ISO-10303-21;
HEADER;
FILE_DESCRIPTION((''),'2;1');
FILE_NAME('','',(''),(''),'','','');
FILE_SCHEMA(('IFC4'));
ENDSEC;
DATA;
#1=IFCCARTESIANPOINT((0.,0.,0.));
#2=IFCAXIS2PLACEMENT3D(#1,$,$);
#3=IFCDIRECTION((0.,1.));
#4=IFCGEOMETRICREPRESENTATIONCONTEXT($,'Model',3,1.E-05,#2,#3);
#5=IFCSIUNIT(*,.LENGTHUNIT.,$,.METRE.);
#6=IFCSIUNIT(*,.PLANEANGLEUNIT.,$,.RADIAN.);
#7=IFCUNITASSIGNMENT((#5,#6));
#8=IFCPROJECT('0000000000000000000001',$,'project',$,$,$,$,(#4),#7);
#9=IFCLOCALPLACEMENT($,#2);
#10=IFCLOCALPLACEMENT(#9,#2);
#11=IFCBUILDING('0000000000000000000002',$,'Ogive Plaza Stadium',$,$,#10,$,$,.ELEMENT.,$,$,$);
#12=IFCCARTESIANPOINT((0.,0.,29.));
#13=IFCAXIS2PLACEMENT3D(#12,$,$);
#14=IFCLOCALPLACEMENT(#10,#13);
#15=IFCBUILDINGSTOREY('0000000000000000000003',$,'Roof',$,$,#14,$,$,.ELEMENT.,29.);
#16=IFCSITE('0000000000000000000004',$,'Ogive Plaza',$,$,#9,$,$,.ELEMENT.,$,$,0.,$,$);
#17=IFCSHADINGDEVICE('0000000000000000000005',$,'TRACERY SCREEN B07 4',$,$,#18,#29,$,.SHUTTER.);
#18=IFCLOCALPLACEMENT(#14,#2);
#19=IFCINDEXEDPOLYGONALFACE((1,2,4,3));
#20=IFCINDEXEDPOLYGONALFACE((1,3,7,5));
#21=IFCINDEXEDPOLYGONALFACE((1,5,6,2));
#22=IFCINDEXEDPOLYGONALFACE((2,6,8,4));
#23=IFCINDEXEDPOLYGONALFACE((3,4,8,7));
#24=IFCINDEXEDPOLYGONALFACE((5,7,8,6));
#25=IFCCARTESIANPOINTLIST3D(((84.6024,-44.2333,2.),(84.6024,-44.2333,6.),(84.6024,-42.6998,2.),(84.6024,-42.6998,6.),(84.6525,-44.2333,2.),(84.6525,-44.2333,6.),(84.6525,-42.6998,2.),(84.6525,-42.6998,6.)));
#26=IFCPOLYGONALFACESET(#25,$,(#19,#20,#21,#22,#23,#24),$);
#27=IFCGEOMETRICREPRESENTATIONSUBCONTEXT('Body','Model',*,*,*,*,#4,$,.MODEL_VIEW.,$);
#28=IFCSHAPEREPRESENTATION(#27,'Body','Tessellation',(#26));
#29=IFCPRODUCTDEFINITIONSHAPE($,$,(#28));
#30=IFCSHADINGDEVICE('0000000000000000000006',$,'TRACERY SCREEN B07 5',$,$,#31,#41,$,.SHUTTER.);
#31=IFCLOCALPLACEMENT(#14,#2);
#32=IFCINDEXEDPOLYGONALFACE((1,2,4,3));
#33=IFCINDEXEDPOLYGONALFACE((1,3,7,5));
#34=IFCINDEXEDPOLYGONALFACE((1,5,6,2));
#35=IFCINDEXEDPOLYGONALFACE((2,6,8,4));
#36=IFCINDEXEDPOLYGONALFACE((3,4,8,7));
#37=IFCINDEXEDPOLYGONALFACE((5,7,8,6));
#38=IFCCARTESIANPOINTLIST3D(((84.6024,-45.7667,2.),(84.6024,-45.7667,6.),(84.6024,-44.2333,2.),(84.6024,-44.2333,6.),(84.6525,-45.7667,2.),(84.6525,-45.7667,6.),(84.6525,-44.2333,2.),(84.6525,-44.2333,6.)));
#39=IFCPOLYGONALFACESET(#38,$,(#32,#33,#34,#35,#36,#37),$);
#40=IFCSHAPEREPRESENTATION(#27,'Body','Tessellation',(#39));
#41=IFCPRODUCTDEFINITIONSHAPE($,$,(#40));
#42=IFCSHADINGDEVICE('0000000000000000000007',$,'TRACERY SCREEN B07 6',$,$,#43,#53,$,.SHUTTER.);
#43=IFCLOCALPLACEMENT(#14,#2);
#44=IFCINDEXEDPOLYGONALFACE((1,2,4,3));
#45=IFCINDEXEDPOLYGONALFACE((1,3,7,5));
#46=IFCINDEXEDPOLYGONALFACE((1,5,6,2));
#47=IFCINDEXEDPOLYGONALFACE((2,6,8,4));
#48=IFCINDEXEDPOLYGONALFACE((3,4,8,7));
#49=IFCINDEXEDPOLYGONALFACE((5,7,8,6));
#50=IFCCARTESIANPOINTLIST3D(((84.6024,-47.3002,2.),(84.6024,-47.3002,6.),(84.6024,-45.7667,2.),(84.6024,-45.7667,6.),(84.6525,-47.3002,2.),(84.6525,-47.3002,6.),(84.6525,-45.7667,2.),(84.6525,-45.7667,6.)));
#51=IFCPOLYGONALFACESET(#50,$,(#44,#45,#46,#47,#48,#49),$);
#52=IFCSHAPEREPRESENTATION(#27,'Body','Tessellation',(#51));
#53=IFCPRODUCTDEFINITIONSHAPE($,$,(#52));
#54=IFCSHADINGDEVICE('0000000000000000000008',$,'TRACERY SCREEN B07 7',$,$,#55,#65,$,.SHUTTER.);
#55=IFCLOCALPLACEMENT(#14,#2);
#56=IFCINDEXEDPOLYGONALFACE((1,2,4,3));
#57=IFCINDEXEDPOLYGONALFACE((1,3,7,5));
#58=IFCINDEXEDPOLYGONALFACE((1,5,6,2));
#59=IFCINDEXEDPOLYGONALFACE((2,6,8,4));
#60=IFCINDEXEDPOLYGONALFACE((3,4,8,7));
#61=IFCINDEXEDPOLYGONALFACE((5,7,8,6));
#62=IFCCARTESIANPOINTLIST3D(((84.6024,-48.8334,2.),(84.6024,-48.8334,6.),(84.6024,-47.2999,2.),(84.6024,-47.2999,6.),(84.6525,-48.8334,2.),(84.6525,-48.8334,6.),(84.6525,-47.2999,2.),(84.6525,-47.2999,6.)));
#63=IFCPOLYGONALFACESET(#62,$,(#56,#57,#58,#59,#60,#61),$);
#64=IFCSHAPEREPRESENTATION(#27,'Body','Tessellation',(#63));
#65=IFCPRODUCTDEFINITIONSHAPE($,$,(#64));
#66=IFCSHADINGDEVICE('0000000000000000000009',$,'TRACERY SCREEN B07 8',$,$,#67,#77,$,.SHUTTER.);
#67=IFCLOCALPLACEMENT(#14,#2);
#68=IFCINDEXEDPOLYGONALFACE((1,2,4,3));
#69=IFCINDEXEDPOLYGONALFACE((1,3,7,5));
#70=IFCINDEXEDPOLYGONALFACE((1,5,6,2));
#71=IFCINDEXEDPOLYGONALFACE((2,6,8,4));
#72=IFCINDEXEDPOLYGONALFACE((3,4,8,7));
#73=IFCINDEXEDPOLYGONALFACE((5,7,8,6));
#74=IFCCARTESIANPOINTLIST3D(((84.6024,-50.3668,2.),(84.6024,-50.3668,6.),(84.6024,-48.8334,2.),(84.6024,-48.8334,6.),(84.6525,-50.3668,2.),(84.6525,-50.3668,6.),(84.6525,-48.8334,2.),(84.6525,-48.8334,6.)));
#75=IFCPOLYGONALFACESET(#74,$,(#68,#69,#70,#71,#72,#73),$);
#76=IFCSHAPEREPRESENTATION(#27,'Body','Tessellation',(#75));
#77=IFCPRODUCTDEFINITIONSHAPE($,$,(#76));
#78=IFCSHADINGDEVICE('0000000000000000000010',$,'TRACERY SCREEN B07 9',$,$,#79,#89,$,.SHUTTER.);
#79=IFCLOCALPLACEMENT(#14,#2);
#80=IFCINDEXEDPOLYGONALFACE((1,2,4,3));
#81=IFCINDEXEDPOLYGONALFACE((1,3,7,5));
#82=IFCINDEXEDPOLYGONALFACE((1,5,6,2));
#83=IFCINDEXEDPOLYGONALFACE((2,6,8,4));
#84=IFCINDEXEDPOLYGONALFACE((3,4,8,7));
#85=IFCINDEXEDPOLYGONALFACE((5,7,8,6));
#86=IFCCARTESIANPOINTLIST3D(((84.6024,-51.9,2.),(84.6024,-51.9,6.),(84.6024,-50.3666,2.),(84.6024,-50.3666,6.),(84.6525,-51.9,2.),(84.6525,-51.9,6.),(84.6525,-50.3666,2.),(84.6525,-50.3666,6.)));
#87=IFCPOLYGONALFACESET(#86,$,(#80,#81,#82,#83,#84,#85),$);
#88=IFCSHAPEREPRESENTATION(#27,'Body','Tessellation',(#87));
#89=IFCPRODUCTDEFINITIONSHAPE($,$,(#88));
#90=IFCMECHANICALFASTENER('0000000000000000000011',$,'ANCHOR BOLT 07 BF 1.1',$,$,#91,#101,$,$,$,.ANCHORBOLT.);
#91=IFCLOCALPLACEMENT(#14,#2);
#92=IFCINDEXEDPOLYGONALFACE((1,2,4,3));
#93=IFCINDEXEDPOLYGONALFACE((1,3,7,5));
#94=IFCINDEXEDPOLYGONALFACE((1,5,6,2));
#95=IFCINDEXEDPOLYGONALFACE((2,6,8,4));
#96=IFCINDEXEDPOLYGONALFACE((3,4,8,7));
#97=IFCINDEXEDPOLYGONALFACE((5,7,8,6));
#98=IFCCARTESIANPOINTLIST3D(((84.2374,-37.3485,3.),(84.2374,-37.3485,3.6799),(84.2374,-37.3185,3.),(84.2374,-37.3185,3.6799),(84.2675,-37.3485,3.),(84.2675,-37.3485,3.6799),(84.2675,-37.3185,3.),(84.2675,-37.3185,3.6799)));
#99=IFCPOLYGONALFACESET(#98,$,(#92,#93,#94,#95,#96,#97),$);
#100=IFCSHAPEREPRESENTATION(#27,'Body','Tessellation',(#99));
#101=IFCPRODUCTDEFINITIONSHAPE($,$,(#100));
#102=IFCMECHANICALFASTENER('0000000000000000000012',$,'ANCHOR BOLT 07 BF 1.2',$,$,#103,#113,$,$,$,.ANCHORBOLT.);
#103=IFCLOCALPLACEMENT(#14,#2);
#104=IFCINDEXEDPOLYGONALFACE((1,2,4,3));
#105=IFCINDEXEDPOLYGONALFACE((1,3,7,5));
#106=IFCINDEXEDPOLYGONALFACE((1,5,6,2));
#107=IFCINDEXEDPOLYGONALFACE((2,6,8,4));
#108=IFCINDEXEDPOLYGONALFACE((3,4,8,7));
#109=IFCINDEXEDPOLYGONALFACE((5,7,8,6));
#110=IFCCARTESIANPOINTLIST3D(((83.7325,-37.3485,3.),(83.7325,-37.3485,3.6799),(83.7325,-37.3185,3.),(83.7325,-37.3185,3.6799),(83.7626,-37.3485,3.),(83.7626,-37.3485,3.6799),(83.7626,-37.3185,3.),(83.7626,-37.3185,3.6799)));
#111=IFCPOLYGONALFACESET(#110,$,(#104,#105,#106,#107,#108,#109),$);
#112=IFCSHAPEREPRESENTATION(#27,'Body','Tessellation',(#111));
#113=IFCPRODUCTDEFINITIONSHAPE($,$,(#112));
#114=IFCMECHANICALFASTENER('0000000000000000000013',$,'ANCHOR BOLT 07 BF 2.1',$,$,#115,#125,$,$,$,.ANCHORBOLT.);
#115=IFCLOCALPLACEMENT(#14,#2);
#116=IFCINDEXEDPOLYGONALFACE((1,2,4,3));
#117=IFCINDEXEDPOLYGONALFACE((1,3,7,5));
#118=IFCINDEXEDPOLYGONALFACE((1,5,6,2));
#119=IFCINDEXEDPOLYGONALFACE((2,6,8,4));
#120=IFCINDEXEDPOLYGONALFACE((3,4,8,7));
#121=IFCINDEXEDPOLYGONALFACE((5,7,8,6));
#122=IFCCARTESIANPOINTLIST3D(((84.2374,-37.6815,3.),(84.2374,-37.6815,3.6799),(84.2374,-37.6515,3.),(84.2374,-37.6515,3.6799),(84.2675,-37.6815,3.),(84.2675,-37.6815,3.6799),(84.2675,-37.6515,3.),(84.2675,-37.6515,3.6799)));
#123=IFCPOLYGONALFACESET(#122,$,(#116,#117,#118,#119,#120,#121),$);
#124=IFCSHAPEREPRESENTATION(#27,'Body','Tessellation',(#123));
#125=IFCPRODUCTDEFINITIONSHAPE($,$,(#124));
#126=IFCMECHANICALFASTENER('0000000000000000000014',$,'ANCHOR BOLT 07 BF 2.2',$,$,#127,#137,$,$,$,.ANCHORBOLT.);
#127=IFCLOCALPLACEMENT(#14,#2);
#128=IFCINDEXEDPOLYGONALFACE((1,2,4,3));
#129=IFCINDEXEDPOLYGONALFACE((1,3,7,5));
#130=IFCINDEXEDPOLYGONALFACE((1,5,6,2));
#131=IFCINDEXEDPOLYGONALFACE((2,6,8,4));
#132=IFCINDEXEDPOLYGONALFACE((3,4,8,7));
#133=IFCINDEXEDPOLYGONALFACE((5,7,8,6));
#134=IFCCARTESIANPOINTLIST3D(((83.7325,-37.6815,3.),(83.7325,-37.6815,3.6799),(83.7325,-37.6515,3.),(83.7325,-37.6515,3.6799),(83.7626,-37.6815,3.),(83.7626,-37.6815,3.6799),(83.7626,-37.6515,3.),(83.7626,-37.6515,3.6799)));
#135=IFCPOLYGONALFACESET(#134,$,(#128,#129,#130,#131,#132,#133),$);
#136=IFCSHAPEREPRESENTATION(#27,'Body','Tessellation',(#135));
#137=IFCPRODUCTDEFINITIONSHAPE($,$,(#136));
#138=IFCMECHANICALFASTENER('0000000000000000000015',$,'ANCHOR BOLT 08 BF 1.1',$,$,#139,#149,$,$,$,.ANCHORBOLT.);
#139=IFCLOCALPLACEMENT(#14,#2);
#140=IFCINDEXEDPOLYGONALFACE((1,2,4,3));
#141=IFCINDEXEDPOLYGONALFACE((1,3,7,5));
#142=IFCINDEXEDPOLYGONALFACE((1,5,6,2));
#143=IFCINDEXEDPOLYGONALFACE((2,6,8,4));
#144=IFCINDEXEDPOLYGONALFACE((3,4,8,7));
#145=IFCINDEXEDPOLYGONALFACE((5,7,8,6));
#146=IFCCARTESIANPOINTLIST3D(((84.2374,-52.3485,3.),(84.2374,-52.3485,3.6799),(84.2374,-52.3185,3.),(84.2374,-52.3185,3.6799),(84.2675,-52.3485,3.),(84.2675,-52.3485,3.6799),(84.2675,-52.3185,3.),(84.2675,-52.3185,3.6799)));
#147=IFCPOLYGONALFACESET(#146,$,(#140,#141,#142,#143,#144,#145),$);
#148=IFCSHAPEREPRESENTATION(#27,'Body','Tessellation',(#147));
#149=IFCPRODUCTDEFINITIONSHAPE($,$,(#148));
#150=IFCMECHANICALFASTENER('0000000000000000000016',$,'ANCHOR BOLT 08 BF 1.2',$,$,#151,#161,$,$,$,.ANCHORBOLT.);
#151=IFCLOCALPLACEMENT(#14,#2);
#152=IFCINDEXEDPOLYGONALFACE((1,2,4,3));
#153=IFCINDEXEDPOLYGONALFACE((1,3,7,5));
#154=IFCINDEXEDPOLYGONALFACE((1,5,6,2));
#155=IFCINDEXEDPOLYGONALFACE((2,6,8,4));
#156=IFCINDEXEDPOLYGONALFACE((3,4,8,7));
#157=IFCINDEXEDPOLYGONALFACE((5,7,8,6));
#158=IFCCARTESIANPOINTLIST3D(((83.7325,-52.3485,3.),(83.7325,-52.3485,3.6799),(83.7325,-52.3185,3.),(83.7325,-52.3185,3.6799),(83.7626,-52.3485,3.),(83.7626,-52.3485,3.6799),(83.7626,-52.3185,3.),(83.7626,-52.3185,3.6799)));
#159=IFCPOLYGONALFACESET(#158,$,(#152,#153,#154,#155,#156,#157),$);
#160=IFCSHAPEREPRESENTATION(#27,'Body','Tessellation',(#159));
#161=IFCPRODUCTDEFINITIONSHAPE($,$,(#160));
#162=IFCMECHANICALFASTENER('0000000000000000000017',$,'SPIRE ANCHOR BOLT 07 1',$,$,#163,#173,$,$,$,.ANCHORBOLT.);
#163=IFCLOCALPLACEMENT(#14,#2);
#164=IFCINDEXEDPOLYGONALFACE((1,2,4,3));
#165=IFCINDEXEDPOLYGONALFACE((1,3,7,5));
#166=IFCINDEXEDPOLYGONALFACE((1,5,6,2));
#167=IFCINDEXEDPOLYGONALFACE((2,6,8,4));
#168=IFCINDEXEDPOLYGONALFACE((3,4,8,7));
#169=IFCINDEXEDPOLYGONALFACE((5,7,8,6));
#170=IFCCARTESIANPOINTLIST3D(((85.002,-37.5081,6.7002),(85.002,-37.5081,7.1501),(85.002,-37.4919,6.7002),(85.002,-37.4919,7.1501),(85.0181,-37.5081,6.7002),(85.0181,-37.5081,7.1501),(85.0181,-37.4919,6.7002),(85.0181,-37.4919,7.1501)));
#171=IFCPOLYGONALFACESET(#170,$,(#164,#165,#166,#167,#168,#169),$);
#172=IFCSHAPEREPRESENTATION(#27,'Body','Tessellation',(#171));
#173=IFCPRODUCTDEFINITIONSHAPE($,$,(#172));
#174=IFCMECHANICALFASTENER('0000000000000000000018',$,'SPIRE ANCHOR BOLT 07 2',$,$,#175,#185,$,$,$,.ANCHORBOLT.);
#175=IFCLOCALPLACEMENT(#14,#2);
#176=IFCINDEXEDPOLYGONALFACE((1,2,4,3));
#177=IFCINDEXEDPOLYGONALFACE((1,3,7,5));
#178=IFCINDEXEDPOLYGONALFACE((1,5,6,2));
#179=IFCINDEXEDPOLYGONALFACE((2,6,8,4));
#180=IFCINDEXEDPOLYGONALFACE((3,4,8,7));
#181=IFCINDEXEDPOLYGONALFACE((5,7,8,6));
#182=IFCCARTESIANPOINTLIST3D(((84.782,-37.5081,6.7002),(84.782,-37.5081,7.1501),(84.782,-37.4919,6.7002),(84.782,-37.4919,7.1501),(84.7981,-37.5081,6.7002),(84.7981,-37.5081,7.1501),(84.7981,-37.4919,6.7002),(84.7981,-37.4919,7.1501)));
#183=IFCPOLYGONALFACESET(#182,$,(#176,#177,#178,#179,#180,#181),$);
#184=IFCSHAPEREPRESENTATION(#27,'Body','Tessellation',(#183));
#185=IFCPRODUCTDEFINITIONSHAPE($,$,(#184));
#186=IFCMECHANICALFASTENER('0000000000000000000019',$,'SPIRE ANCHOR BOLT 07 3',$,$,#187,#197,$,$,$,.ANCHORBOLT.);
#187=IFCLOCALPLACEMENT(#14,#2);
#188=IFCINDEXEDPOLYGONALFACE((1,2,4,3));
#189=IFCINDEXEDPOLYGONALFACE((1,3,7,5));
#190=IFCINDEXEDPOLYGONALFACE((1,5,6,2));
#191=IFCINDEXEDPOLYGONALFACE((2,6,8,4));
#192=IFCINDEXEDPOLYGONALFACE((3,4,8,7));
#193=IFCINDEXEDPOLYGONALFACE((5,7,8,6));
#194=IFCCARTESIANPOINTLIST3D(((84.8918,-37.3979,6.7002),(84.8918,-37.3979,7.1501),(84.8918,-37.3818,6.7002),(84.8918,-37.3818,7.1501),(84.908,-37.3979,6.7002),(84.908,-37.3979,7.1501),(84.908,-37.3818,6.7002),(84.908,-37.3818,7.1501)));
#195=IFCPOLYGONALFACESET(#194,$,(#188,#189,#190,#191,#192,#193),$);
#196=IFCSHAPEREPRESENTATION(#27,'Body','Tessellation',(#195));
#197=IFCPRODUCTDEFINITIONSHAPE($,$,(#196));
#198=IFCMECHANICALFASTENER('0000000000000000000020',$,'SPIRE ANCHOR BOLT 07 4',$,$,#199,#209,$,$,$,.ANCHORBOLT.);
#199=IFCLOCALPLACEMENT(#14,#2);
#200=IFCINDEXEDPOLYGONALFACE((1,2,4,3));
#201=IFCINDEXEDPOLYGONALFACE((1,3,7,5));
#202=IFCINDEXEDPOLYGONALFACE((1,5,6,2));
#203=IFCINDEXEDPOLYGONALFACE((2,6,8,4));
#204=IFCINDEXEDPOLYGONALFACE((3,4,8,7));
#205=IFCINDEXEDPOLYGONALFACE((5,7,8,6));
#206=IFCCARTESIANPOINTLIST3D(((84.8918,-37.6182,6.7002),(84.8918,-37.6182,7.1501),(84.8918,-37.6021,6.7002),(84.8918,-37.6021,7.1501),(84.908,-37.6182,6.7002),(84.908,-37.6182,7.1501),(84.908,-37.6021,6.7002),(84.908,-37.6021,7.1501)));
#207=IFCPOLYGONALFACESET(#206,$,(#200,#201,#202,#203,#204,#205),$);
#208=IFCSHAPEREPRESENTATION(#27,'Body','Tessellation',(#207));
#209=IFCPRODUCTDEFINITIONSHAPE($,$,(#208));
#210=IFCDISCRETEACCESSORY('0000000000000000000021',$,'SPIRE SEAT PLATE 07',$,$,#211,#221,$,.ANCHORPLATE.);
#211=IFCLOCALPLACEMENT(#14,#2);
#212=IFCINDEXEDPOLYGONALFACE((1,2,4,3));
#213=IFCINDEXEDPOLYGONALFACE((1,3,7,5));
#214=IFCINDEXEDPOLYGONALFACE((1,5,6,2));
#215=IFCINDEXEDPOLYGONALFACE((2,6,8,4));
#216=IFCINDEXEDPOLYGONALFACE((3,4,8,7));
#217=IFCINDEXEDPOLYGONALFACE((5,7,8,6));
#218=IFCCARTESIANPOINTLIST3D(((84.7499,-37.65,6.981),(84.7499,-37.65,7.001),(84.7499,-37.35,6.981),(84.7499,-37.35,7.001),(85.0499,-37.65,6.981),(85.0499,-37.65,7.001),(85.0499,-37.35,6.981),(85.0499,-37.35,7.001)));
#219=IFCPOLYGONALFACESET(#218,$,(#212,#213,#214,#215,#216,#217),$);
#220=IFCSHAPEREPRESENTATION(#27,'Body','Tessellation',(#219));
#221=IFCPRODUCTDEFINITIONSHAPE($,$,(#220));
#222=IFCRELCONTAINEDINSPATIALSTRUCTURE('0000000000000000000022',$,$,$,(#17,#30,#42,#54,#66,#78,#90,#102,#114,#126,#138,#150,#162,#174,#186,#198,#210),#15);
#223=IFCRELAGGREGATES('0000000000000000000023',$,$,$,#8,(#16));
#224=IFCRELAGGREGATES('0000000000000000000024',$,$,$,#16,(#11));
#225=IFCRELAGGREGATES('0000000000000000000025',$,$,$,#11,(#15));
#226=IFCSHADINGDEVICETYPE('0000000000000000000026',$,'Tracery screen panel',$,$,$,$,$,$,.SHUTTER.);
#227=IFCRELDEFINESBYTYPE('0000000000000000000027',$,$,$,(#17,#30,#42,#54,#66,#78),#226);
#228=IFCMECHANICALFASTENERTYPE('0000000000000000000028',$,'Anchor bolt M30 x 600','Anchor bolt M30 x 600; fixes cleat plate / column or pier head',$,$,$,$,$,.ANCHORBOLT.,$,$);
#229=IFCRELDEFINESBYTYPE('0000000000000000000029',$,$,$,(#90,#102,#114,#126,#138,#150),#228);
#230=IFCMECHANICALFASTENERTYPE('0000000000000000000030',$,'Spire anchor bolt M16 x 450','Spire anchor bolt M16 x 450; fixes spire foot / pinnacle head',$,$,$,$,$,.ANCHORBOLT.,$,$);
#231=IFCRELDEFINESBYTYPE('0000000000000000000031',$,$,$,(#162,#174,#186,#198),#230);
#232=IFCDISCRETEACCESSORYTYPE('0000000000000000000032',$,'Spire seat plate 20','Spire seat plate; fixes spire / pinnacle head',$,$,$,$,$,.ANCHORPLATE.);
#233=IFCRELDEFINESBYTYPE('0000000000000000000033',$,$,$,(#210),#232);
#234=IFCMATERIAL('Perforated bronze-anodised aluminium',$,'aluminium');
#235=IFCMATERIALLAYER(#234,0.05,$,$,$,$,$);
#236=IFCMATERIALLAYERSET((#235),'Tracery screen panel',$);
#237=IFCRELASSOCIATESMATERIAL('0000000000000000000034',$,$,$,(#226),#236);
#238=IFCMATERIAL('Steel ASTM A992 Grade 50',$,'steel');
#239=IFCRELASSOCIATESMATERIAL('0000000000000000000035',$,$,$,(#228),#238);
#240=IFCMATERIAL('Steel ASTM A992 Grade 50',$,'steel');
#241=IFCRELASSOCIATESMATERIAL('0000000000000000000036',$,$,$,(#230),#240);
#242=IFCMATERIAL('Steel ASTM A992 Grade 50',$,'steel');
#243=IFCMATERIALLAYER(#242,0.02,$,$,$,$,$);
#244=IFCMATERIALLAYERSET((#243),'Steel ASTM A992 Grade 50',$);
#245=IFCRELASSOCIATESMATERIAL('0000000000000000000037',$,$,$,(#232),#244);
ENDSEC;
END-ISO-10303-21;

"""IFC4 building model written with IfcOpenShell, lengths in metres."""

from ifc_helpers import new_model, si_unit, direction, frame, origin, origin_2d, place, context, subcontext, project, spatial, rectangle, extrude, material, layer, layer_set, type_object, element, save


model = new_model("IFC4")

# Units and contexts
model_context = context("Model", 3, precision=1e-05, world=origin(), true_north=direction((0.0, 1.0)))
body_context = subcontext(model_context, "Body", "Model", "MODEL_VIEW")
ifc_project = project(units=[si_unit("LENGTHUNIT", "METRE"), si_unit("PLANEANGLEUNIT", "RADIAN")], contexts=[model_context])

# Site, building, storey
site_placement = place(None, origin())
site = spatial("IfcSite", under=ifc_project, at=site_placement, Name="Ogive Plaza", CompositionType="ELEMENT", RefElevation=0.0)
building_placement = place(site_placement, origin())
building = spatial("IfcBuilding", under=site, at=building_placement, Name="Ogive Plaza Stadium", CompositionType="ELEMENT")
storey_placement = place(building_placement, frame((0.0, 0.0, 29.0)))
storey = spatial("IfcBuildingStorey", under=building, at=storey_placement, Name="Roof", CompositionType="ELEMENT", Elevation=29.0)

# Shading devices
ifc_material_1 = material(Name="Perforated bronze-anodised aluminium", Category="aluminium")
ifc_layer_1 = layer(ifc_material_1, 0.05)
ifc_layer_set_1 = layer_set([ifc_layer_1], Name="Tracery screen panel")
shading_device_type = type_object("IfcShadingDeviceType", Name="Tracery screen panel", PredefinedType="SHUTTER", material=ifc_layer_set_1)
for number, where, z_axis, x_axis, name in (
    (1, (84.6274, -43.4666, 2.0), (0.0, 0.0, 1.0), (0.0, -1.0, 0.0), "TRACERY SCREEN B07 4"),
    (2, (84.6274, -45.0, 2.0), (0.0, 0.0, 1.0), (0.0, -1.0, 0.0), "TRACERY SCREEN B07 5"),
    (3, (84.6274, -46.5334, 2.0), (0.0, 0.0, 1.0), (0.0, -1.0, 0.0), "TRACERY SCREEN B07 6"),
    (4, (84.6274, -48.0667, 2.0), (0.0, 0.0, 1.0), (0.0, -1.0, 0.0), "TRACERY SCREEN B07 7"),
    (5, (84.6274, -49.6001, 2.0), (0.0, 0.0, 1.0), (0.0, -1.0, 0.0), "TRACERY SCREEN B07 8"),
    (6, (84.6274, -51.1333, 2.0), (0.0, 0.0, 1.0), (0.0, -1.0, 0.0), "TRACERY SCREEN B07 9"),
):
    element("IfcShadingDevice", number, at=place(storey_placement, frame(where, z_axis=z_axis, x_axis=x_axis)), inside=storey, type_object=shading_device_type, Name=name, PredefinedType="SHUTTER", context=body_context, shape_type="SweptSolid", body=[
        extrude(rectangle(XDim=1.5334, YDim=0.05, at=origin_2d()), origin(), (0.0, 0.0, 1.0), 4.0),
    ])

# Mechanical fasteners
ifc_material_2 = material(Name="Steel ASTM A992 Grade 50", Category="steel")
mechanical_fastener_type_1 = type_object("IfcMechanicalFastenerType", Name="Anchor bolt M30 x 600", Description="Anchor bolt M30 x 600; fixes cleat plate / column or pier head", PredefinedType="ANCHORBOLT", material=ifc_material_2)
for number, where, z_axis, x_axis, name in (
    (7, (84.2524, -37.3335, 3.0), (0.0, 0.0, 1.0), (1.0, 0.0, 0.0), "ANCHOR BOLT 07 BF 1.1"),
    (8, (83.7476, -37.3335, 3.0), (0.0, 0.0, 1.0), (1.0, 0.0, 0.0), "ANCHOR BOLT 07 BF 1.2"),
    (9, (84.2524, -37.6665, 3.0), (0.0, 0.0, 1.0), (1.0, 0.0, 0.0), "ANCHOR BOLT 07 BF 2.1"),
    (10, (83.7476, -37.6665, 3.0), (0.0, 0.0, 1.0), (1.0, 0.0, 0.0), "ANCHOR BOLT 07 BF 2.2"),
    (11, (84.2524, -52.3335, 3.0), (0.0, 0.0, 1.0), (1.0, 0.0, 0.0), "ANCHOR BOLT 08 BF 1.1"),
    (12, (83.7476, -52.3335, 3.0), (0.0, 0.0, 1.0), (1.0, 0.0, 0.0), "ANCHOR BOLT 08 BF 1.2"),
):
    element("IfcMechanicalFastener", number, at=place(storey_placement, frame(where, z_axis=z_axis, x_axis=x_axis)), inside=storey, type_object=mechanical_fastener_type_1, Name=name, PredefinedType="ANCHORBOLT", context=body_context, shape_type="SweptSolid", body=[
        extrude(rectangle(XDim=0.03, YDim=0.03, at=origin_2d()), origin(), (0.0, 0.0, 1.0), 0.6799),
    ])
ifc_material_3 = material(Name="Steel ASTM A992 Grade 50", Category="steel")
mechanical_fastener_type_2 = type_object("IfcMechanicalFastenerType", Name="Spire anchor bolt M16 x 450", Description="Spire anchor bolt M16 x 450; fixes spire foot / pinnacle head", PredefinedType="ANCHORBOLT", material=ifc_material_3)
for number, where, z_axis, x_axis, name in (
    (13, (85.01, -37.5, 6.7002), (0.0, 0.0, 1.0), (1.0, 0.0, 0.0), "SPIRE ANCHOR BOLT 07 1"),
    (14, (84.79, -37.5, 6.7002), (0.0, 0.0, 1.0), (1.0, 0.0, 0.0), "SPIRE ANCHOR BOLT 07 2"),
    (15, (84.8999, -37.3899, 6.7002), (0.0, 0.0, 1.0), (1.0, 0.0, 0.0), "SPIRE ANCHOR BOLT 07 3"),
    (16, (84.8999, -37.6101, 6.7002), (0.0, 0.0, 1.0), (1.0, 0.0, 0.0), "SPIRE ANCHOR BOLT 07 4"),
):
    element("IfcMechanicalFastener", number, at=place(storey_placement, frame(where, z_axis=z_axis, x_axis=x_axis)), inside=storey, type_object=mechanical_fastener_type_2, Name=name, PredefinedType="ANCHORBOLT", context=body_context, shape_type="SweptSolid", body=[
        extrude(rectangle(XDim=0.0161, YDim=0.0161, at=origin_2d()), origin(), (0.0, 0.0, 1.0), 0.45),
    ])

# Discrete accessory
ifc_material_4 = material(Name="Steel ASTM A992 Grade 50", Category="steel")
ifc_layer_2 = layer(ifc_material_4, 0.02)
ifc_layer_set_2 = layer_set([ifc_layer_2], Name="Steel ASTM A992 Grade 50")
discrete_accessory_type_1 = type_object("IfcDiscreteAccessoryType", Name="Spire seat plate 20", Description="Spire seat plate; fixes spire / pinnacle head", PredefinedType="ANCHORPLATE", material=ifc_layer_set_2)
discrete_accessory_placement = place(storey_placement, frame((84.8999, -37.5, 6.981), z_axis=(0.0, 0.0, 1.0), x_axis=(1.0, 0.0, 0.0)))
element("IfcDiscreteAccessory", 17, at=discrete_accessory_placement, inside=storey, type_object=discrete_accessory_type_1, Name="SPIRE SEAT PLATE 07", PredefinedType="ANCHORPLATE", context=body_context, shape_type="SweptSolid", body=[
    extrude(rectangle(XDim=0.3, YDim=0.3, at=origin_2d()), origin(), (0.0, 0.0, 1.0), 0.02),
])

save(model, "model.ifc")
